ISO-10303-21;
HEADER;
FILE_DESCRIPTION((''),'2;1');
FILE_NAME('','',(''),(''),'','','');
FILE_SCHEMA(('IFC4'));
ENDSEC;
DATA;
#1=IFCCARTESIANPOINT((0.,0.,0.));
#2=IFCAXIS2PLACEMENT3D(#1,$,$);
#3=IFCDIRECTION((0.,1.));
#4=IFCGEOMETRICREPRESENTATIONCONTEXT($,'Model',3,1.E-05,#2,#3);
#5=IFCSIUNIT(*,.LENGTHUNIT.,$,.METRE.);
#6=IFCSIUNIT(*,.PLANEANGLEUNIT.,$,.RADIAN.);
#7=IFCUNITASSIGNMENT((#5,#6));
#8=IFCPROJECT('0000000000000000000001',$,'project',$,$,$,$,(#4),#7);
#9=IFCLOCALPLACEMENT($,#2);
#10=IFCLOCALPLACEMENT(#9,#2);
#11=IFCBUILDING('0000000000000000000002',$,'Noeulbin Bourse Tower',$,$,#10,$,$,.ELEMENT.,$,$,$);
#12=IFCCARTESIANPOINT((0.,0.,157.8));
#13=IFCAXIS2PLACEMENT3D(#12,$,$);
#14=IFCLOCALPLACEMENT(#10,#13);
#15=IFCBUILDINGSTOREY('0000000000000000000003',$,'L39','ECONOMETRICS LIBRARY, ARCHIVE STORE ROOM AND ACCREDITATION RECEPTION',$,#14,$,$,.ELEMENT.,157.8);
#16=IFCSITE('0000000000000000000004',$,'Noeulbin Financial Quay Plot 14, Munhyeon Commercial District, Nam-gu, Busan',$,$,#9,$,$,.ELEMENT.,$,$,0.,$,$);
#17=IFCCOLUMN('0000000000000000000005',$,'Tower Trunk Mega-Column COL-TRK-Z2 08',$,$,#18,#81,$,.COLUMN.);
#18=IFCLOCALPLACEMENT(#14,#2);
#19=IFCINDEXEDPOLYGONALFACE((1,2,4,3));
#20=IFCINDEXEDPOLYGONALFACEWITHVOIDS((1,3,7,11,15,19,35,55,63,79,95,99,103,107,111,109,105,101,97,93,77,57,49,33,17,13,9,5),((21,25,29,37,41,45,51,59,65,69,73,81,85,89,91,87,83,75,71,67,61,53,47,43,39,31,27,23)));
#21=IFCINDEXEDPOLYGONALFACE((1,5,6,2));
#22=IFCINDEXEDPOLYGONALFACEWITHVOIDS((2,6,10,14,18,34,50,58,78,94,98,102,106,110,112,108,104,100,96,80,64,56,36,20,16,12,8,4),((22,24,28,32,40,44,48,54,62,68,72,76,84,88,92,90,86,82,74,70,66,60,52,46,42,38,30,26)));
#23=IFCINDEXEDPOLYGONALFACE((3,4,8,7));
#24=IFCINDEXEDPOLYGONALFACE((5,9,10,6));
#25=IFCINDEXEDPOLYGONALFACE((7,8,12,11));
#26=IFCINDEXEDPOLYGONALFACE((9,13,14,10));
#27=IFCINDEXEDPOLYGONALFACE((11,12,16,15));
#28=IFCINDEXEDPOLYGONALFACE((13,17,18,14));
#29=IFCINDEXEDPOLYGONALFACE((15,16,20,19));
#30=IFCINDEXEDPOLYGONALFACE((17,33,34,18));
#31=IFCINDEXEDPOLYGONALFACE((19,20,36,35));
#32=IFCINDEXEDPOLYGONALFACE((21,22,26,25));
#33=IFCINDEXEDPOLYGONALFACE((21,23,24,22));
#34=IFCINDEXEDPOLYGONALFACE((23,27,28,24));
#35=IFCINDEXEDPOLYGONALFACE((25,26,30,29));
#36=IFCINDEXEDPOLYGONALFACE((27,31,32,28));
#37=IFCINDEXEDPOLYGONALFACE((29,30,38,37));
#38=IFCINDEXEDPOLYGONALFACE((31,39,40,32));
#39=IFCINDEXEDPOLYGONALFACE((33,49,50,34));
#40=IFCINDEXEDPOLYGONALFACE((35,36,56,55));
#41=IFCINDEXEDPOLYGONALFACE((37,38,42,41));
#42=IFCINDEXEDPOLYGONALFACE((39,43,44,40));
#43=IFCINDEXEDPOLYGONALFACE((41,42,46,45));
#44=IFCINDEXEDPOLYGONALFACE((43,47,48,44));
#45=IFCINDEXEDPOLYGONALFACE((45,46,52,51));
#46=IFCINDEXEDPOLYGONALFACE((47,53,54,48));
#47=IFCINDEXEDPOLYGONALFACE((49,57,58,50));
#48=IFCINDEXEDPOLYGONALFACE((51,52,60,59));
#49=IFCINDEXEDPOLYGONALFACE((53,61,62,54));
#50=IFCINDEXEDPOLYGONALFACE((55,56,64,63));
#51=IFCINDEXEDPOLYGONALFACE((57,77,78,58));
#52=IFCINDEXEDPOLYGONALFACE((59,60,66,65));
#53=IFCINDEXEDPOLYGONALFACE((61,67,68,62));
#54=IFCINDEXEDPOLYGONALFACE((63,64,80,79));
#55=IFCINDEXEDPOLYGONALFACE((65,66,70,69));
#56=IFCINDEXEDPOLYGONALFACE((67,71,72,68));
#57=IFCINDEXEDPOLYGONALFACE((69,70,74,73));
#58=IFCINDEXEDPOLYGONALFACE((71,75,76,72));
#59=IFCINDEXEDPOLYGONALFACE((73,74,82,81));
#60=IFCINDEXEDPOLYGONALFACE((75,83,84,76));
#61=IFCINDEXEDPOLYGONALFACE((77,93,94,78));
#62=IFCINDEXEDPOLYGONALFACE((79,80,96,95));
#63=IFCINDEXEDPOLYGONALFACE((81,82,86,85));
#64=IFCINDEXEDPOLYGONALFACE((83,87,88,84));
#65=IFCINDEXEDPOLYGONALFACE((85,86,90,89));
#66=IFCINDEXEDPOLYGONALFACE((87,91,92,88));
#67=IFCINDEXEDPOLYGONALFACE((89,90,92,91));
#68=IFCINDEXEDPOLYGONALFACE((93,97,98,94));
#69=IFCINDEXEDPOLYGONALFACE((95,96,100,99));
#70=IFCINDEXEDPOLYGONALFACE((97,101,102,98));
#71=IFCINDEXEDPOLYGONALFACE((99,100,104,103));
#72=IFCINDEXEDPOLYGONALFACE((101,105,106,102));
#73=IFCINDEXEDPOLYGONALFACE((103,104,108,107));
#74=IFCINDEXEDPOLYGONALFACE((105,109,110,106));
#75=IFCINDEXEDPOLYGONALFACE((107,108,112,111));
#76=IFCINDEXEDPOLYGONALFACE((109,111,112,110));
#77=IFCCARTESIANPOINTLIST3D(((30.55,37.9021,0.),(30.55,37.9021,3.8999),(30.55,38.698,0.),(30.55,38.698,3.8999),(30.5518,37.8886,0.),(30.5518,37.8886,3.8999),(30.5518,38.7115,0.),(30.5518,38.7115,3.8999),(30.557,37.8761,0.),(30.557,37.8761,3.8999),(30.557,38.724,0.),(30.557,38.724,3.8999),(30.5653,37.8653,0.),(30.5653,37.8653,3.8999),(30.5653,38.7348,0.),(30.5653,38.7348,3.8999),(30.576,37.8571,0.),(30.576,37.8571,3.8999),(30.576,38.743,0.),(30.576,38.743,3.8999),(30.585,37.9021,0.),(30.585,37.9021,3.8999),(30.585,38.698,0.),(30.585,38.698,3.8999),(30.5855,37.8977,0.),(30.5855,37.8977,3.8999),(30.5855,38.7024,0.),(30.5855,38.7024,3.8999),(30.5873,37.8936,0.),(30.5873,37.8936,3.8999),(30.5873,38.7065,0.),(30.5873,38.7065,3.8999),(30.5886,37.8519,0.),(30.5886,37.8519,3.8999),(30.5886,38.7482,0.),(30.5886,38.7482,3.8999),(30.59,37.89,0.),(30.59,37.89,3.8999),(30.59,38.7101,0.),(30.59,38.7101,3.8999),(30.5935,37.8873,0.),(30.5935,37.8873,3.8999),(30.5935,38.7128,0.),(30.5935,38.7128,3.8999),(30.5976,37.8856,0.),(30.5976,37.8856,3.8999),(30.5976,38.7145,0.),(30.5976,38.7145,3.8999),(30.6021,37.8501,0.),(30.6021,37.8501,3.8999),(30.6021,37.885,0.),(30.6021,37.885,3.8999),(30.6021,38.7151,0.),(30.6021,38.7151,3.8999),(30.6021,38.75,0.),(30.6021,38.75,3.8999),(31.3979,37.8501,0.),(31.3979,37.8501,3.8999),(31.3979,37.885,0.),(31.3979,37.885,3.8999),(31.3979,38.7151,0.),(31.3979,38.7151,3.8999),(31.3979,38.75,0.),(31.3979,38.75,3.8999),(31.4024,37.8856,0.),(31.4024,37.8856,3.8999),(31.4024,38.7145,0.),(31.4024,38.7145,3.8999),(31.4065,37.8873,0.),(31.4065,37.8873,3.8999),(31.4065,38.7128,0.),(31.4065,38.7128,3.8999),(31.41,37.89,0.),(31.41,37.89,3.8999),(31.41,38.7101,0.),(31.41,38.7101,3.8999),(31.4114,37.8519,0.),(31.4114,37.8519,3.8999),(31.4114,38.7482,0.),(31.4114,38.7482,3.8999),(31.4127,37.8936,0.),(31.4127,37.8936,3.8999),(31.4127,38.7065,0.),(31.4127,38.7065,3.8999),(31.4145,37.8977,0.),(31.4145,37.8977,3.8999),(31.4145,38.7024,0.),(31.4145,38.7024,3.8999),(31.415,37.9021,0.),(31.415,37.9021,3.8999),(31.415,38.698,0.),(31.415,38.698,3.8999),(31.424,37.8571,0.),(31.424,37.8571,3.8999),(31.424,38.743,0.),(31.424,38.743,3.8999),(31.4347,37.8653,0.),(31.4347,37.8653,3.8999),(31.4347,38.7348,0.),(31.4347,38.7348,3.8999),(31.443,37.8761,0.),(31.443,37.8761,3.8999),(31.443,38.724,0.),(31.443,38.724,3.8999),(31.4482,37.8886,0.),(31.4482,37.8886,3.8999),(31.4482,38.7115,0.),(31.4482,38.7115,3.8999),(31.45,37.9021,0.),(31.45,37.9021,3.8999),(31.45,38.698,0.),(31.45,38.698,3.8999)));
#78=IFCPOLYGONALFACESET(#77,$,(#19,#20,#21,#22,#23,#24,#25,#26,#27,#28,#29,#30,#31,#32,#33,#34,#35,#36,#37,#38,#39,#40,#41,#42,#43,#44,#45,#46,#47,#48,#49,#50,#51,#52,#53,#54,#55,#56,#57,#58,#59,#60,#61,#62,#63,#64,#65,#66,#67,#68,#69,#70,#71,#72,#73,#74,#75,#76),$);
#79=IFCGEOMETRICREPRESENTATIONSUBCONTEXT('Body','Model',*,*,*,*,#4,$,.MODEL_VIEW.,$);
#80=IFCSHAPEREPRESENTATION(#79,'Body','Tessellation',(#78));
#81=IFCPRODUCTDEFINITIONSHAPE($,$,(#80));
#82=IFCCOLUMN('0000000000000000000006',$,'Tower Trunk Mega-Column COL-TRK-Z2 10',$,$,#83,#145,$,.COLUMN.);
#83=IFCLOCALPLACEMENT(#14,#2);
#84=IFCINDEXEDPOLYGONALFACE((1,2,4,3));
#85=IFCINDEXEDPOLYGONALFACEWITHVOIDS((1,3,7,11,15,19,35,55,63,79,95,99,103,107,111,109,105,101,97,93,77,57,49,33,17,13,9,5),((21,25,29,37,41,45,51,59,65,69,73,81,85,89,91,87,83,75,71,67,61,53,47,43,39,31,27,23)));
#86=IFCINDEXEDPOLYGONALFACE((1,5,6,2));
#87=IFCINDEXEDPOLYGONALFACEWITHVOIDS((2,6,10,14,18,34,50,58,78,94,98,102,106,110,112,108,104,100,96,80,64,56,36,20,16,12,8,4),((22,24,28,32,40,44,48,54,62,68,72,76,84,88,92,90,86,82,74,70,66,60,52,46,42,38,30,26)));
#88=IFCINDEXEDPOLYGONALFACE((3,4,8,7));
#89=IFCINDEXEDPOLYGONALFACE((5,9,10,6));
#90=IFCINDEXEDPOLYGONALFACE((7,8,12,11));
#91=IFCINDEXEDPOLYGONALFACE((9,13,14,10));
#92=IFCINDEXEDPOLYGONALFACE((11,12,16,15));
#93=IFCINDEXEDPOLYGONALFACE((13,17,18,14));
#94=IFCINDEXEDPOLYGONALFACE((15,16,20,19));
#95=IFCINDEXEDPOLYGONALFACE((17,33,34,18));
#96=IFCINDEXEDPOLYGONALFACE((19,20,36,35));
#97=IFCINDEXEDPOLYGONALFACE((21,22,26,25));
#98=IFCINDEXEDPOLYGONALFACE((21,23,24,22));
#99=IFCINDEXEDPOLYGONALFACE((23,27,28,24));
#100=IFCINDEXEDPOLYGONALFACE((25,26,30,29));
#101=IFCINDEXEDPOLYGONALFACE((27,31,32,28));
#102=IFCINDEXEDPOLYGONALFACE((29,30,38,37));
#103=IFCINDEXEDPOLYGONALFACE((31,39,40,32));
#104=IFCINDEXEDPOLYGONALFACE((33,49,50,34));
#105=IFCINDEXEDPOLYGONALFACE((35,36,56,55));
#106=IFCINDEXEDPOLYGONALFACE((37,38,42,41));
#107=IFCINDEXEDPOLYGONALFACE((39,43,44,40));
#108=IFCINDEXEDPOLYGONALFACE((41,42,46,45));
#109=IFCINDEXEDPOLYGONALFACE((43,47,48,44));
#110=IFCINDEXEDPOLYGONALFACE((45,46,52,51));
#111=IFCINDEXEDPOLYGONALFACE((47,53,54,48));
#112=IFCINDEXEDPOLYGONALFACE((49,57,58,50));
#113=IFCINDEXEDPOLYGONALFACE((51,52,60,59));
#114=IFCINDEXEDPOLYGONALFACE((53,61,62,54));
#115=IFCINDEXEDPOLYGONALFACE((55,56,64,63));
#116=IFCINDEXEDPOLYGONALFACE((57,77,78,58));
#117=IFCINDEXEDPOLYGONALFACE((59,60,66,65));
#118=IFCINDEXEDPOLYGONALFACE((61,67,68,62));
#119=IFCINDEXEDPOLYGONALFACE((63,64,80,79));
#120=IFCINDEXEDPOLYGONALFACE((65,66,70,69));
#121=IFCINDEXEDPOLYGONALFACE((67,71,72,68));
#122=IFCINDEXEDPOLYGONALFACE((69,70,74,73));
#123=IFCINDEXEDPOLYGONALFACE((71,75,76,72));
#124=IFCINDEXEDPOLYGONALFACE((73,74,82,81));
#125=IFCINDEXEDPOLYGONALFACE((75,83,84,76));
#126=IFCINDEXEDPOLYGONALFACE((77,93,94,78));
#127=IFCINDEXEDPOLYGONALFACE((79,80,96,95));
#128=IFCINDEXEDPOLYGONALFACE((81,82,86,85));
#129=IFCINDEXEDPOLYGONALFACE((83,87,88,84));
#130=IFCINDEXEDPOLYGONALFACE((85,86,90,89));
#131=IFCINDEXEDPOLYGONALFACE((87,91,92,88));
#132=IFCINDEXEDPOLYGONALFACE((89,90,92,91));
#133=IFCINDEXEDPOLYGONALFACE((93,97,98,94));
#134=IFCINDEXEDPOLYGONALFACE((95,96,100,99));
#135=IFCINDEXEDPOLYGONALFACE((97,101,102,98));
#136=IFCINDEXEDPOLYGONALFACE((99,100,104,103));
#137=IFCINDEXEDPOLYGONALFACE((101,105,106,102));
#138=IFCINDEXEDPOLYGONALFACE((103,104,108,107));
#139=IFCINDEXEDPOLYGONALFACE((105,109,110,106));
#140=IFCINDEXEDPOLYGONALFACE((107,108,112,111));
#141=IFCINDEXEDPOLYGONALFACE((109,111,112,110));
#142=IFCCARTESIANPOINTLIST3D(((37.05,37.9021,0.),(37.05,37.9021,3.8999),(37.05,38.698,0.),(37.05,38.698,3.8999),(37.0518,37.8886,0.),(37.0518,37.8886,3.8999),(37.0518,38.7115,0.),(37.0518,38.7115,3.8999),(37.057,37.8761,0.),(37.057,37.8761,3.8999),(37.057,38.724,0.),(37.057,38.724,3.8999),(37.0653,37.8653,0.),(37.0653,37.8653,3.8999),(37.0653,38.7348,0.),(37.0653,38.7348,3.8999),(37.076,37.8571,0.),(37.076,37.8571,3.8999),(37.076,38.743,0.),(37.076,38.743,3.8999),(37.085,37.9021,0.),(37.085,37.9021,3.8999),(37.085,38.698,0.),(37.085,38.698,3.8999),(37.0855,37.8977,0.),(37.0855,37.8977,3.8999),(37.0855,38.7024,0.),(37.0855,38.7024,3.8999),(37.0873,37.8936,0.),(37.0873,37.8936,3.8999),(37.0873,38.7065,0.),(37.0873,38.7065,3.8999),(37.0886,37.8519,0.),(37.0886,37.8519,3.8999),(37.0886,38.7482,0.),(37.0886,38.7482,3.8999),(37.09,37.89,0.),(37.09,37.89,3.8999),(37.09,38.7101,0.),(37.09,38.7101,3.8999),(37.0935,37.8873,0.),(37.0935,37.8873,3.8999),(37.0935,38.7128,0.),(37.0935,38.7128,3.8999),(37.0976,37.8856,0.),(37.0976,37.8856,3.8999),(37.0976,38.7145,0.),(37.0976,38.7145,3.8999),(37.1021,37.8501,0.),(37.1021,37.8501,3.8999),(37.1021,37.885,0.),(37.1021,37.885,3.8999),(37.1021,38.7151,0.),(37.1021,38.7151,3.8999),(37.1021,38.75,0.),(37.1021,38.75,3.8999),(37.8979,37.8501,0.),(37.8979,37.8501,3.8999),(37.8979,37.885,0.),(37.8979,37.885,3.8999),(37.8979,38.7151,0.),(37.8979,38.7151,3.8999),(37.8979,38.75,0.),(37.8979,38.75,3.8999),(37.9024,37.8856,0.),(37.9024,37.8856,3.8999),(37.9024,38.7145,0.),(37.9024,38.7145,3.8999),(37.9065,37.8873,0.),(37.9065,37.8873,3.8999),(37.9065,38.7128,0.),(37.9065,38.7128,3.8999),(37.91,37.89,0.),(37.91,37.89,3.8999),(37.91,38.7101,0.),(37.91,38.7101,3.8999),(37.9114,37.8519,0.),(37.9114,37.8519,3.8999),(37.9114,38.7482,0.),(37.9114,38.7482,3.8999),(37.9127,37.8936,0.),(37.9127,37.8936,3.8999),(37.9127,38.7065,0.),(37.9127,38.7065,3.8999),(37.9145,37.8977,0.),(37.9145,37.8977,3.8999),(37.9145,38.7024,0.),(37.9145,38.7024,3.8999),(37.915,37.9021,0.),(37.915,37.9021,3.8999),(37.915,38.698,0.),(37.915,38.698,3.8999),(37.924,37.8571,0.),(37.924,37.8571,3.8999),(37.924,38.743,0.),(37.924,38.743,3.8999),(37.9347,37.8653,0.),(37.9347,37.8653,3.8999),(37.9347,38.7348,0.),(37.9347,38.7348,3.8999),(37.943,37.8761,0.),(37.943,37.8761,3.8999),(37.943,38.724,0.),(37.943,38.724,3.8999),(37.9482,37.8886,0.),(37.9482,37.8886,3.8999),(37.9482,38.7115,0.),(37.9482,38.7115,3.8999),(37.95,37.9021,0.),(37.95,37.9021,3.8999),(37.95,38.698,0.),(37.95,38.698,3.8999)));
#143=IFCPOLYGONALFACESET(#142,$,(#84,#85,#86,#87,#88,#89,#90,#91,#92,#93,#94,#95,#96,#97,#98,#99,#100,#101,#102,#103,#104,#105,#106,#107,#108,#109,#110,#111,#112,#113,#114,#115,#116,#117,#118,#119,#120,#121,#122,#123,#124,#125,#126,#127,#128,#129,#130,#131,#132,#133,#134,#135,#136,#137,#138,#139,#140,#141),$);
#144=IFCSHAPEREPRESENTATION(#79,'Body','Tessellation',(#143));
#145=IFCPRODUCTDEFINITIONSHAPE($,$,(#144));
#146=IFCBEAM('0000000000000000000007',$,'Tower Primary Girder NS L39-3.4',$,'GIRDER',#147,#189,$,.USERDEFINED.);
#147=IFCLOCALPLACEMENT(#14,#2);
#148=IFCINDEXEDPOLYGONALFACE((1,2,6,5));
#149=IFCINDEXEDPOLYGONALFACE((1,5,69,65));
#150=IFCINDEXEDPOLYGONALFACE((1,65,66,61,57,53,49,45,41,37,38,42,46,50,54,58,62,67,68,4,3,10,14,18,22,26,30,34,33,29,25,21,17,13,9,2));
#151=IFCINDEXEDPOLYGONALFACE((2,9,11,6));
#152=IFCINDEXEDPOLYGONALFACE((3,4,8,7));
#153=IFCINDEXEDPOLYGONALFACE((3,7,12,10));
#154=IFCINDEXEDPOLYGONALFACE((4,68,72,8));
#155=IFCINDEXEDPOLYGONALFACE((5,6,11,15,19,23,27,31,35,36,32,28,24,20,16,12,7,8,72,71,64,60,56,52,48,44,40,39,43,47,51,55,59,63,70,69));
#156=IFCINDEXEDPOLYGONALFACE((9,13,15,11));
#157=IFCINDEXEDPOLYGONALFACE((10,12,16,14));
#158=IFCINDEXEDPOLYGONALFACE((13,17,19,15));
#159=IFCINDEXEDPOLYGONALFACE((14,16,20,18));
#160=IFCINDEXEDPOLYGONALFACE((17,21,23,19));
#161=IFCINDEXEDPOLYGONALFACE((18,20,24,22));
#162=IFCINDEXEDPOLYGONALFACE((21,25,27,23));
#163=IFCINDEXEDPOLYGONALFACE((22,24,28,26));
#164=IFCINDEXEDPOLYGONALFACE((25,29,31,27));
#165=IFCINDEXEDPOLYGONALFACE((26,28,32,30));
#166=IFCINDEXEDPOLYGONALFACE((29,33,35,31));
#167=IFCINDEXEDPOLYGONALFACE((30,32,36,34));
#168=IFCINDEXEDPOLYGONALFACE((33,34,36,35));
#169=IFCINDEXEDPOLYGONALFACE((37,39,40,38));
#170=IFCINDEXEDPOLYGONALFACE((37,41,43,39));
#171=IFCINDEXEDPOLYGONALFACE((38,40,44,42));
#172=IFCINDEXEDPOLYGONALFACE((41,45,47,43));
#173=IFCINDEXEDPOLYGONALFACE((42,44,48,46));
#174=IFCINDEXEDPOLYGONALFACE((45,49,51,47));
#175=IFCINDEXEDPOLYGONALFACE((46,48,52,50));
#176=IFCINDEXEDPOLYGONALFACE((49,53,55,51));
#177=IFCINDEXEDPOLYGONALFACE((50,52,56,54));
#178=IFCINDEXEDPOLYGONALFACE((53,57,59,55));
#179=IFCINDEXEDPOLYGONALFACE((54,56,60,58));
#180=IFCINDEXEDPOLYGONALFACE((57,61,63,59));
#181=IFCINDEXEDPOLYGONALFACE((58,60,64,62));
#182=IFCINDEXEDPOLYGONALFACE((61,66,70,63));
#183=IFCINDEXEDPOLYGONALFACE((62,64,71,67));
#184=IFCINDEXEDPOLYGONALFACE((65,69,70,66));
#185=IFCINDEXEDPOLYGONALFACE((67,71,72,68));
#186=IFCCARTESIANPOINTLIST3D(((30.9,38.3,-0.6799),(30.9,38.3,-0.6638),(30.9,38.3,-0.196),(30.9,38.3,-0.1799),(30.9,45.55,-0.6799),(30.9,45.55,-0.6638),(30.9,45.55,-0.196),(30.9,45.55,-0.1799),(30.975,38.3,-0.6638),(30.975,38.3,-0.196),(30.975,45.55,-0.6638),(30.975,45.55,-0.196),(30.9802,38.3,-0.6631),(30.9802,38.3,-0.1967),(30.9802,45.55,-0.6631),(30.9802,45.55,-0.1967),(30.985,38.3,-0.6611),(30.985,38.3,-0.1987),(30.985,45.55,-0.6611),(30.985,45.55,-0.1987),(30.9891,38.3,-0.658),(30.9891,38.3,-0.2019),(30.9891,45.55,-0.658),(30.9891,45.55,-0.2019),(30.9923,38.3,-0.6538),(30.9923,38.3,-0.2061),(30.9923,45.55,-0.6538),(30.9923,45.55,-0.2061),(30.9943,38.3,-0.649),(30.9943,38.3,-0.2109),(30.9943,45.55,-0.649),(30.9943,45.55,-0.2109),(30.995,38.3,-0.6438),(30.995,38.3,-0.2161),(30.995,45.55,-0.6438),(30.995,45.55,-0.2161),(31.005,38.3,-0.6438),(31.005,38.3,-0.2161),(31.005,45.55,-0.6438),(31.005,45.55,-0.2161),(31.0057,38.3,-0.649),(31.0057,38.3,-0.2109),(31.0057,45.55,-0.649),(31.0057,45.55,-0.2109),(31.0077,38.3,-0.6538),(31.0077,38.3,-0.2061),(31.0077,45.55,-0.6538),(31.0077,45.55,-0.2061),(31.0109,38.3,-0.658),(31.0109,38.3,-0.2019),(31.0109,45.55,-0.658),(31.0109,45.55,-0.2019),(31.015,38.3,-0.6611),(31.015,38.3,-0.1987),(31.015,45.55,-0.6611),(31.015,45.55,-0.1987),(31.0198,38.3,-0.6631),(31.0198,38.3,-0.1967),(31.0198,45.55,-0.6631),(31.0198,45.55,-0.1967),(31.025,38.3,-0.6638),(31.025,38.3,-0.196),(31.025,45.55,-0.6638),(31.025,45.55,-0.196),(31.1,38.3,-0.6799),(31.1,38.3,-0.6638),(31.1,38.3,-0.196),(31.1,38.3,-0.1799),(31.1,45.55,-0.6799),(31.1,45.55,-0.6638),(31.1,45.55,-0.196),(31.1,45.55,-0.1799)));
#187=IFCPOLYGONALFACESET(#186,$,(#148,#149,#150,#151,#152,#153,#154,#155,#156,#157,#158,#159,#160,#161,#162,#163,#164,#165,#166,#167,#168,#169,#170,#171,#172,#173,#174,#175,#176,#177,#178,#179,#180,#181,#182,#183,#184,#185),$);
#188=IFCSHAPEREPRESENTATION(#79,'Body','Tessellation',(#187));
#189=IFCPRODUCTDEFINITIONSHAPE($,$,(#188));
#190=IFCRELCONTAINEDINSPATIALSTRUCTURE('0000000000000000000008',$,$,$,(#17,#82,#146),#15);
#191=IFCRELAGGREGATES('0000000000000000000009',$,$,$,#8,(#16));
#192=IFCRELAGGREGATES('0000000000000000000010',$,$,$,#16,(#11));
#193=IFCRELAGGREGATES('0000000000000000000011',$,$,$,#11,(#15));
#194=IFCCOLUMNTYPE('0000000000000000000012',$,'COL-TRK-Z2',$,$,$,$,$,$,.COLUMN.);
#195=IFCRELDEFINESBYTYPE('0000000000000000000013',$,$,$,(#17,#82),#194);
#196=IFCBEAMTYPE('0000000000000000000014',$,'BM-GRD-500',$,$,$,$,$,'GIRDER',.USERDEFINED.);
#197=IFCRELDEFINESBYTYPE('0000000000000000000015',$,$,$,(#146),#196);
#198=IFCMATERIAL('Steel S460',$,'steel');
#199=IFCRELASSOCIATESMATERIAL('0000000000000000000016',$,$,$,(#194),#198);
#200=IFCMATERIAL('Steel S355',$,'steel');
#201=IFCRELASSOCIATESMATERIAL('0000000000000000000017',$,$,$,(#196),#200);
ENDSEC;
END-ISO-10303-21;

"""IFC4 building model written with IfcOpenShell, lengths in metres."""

from ifc_helpers import new_model, si_unit, direction, frame, origin, origin_2d, place, context, subcontext, project, spatial, hollow_rectangle, i_section, extrude, material, material_profile, profile_set, type_object, element, save


model = new_model("IFC4")

# Units and contexts
model_context = context("Model", 3, precision=1e-05, world=origin(), true_north=direction((0.0, 1.0)))
body_context = subcontext(model_context, "Body", "Model", "MODEL_VIEW")
ifc_project = project(units=[si_unit("LENGTHUNIT", "METRE"), si_unit("PLANEANGLEUNIT", "RADIAN")], contexts=[model_context])

# Site, building, storey
site_placement = place(None, origin())
site = spatial("IfcSite", under=ifc_project, at=site_placement, Name="Noeulbin Financial Quay Plot 14, Munhyeon Commercial District, Nam-gu, Busan", CompositionType="ELEMENT", RefElevation=0.0)
building_placement = place(site_placement, origin())
building = spatial("IfcBuilding", under=site, at=building_placement, Name="Noeulbin Bourse Tower", CompositionType="ELEMENT")
storey_placement = place(building_placement, frame((0.0, 0.0, 157.8)))
storey = spatial("IfcBuildingStorey", under=building, at=storey_placement, Name="L39", Description="ECONOMETRICS LIBRARY, ARCHIVE STORE ROOM AND ACCREDITATION RECEPTION", CompositionType="ELEMENT", Elevation=157.8)

# Columns
ifc_material_1 = material(Name="Steel S460", Category="steel")
ifc_material_profile_1 = material_profile(ifc_material_1, hollow_rectangle(XDim=0.8999, YDim=0.8999, WallThickness=0.0349, InnerFilletRadius=0.0171, OuterFilletRadius=0.052, at=origin_2d()), Name="BOX-900x900x35", Category="LoadBearing")
ifc_profile_set_1 = profile_set([ifc_material_profile_1], Name="Steel S460")
column_type = type_object("IfcColumnType", Name="COL-TRK-Z2", PredefinedType="COLUMN", material=ifc_profile_set_1)
for number, where, z_axis, x_axis, name in (
    (1, (31.0, 38.3, 0.0), (0.0, 0.0, 1.0), (1.0, 0.0, 0.0), "Tower Trunk Mega-Column COL-TRK-Z2 08"),
    (2, (37.5, 38.3, 0.0), (0.0, 0.0, 1.0), (1.0, 0.0, 0.0), "Tower Trunk Mega-Column COL-TRK-Z2 10"),
):
    element("IfcColumn", number, at=place(storey_placement, frame(where, z_axis=z_axis, x_axis=x_axis)), inside=storey, type_object=column_type, Name=name, PredefinedType="COLUMN", context=body_context, shape_type="SweptSolid", body=[
        extrude(hollow_rectangle(XDim=0.8999, YDim=0.8999, WallThickness=0.0349, InnerFilletRadius=0.0171, OuterFilletRadius=0.052, at=origin_2d()), origin(), (0.0, 0.0, 1.0), 3.8999),
    ])

# Beam
ifc_material_2 = material(Name="Steel S355", Category="steel")
ifc_material_profile_2 = material_profile(ifc_material_2, i_section(OverallWidth=0.2, OverallDepth=0.5, WebThickness=0.01, FlangeThickness=0.0161, FilletRadius=0.02, at=origin_2d()), Name="H-500x200x10x16", Category="LoadBearing")
ifc_profile_set_2 = profile_set([ifc_material_profile_2], Name="Steel S355")
beam_type_1 = type_object("IfcBeamType", Name="BM-GRD-500", ElementType="GIRDER", PredefinedType="USERDEFINED", material=ifc_profile_set_2)
for number, where, z_axis, x_axis, name in (
    (3, (31.0, 38.3, -0.4299), (0.0, 1.0, 0.0), (-1.0, 0.0, 0.0), "Tower Primary Girder NS L39-3.4"),
):
    element("IfcBeam", number, at=place(storey_placement, frame(where, z_axis=z_axis, x_axis=x_axis)), inside=storey, type_object=beam_type_1, Name=name, ObjectType="GIRDER", PredefinedType="USERDEFINED", context=body_context, shape_type="SweptSolid", body=[
        extrude(i_section(OverallWidth=0.2, OverallDepth=0.5, WebThickness=0.01, FlangeThickness=0.0161, FilletRadius=0.02, at=origin_2d()), origin(), (0.0, 0.0, 1.0), 7.25),
    ])

save(model, "model.ifc")
